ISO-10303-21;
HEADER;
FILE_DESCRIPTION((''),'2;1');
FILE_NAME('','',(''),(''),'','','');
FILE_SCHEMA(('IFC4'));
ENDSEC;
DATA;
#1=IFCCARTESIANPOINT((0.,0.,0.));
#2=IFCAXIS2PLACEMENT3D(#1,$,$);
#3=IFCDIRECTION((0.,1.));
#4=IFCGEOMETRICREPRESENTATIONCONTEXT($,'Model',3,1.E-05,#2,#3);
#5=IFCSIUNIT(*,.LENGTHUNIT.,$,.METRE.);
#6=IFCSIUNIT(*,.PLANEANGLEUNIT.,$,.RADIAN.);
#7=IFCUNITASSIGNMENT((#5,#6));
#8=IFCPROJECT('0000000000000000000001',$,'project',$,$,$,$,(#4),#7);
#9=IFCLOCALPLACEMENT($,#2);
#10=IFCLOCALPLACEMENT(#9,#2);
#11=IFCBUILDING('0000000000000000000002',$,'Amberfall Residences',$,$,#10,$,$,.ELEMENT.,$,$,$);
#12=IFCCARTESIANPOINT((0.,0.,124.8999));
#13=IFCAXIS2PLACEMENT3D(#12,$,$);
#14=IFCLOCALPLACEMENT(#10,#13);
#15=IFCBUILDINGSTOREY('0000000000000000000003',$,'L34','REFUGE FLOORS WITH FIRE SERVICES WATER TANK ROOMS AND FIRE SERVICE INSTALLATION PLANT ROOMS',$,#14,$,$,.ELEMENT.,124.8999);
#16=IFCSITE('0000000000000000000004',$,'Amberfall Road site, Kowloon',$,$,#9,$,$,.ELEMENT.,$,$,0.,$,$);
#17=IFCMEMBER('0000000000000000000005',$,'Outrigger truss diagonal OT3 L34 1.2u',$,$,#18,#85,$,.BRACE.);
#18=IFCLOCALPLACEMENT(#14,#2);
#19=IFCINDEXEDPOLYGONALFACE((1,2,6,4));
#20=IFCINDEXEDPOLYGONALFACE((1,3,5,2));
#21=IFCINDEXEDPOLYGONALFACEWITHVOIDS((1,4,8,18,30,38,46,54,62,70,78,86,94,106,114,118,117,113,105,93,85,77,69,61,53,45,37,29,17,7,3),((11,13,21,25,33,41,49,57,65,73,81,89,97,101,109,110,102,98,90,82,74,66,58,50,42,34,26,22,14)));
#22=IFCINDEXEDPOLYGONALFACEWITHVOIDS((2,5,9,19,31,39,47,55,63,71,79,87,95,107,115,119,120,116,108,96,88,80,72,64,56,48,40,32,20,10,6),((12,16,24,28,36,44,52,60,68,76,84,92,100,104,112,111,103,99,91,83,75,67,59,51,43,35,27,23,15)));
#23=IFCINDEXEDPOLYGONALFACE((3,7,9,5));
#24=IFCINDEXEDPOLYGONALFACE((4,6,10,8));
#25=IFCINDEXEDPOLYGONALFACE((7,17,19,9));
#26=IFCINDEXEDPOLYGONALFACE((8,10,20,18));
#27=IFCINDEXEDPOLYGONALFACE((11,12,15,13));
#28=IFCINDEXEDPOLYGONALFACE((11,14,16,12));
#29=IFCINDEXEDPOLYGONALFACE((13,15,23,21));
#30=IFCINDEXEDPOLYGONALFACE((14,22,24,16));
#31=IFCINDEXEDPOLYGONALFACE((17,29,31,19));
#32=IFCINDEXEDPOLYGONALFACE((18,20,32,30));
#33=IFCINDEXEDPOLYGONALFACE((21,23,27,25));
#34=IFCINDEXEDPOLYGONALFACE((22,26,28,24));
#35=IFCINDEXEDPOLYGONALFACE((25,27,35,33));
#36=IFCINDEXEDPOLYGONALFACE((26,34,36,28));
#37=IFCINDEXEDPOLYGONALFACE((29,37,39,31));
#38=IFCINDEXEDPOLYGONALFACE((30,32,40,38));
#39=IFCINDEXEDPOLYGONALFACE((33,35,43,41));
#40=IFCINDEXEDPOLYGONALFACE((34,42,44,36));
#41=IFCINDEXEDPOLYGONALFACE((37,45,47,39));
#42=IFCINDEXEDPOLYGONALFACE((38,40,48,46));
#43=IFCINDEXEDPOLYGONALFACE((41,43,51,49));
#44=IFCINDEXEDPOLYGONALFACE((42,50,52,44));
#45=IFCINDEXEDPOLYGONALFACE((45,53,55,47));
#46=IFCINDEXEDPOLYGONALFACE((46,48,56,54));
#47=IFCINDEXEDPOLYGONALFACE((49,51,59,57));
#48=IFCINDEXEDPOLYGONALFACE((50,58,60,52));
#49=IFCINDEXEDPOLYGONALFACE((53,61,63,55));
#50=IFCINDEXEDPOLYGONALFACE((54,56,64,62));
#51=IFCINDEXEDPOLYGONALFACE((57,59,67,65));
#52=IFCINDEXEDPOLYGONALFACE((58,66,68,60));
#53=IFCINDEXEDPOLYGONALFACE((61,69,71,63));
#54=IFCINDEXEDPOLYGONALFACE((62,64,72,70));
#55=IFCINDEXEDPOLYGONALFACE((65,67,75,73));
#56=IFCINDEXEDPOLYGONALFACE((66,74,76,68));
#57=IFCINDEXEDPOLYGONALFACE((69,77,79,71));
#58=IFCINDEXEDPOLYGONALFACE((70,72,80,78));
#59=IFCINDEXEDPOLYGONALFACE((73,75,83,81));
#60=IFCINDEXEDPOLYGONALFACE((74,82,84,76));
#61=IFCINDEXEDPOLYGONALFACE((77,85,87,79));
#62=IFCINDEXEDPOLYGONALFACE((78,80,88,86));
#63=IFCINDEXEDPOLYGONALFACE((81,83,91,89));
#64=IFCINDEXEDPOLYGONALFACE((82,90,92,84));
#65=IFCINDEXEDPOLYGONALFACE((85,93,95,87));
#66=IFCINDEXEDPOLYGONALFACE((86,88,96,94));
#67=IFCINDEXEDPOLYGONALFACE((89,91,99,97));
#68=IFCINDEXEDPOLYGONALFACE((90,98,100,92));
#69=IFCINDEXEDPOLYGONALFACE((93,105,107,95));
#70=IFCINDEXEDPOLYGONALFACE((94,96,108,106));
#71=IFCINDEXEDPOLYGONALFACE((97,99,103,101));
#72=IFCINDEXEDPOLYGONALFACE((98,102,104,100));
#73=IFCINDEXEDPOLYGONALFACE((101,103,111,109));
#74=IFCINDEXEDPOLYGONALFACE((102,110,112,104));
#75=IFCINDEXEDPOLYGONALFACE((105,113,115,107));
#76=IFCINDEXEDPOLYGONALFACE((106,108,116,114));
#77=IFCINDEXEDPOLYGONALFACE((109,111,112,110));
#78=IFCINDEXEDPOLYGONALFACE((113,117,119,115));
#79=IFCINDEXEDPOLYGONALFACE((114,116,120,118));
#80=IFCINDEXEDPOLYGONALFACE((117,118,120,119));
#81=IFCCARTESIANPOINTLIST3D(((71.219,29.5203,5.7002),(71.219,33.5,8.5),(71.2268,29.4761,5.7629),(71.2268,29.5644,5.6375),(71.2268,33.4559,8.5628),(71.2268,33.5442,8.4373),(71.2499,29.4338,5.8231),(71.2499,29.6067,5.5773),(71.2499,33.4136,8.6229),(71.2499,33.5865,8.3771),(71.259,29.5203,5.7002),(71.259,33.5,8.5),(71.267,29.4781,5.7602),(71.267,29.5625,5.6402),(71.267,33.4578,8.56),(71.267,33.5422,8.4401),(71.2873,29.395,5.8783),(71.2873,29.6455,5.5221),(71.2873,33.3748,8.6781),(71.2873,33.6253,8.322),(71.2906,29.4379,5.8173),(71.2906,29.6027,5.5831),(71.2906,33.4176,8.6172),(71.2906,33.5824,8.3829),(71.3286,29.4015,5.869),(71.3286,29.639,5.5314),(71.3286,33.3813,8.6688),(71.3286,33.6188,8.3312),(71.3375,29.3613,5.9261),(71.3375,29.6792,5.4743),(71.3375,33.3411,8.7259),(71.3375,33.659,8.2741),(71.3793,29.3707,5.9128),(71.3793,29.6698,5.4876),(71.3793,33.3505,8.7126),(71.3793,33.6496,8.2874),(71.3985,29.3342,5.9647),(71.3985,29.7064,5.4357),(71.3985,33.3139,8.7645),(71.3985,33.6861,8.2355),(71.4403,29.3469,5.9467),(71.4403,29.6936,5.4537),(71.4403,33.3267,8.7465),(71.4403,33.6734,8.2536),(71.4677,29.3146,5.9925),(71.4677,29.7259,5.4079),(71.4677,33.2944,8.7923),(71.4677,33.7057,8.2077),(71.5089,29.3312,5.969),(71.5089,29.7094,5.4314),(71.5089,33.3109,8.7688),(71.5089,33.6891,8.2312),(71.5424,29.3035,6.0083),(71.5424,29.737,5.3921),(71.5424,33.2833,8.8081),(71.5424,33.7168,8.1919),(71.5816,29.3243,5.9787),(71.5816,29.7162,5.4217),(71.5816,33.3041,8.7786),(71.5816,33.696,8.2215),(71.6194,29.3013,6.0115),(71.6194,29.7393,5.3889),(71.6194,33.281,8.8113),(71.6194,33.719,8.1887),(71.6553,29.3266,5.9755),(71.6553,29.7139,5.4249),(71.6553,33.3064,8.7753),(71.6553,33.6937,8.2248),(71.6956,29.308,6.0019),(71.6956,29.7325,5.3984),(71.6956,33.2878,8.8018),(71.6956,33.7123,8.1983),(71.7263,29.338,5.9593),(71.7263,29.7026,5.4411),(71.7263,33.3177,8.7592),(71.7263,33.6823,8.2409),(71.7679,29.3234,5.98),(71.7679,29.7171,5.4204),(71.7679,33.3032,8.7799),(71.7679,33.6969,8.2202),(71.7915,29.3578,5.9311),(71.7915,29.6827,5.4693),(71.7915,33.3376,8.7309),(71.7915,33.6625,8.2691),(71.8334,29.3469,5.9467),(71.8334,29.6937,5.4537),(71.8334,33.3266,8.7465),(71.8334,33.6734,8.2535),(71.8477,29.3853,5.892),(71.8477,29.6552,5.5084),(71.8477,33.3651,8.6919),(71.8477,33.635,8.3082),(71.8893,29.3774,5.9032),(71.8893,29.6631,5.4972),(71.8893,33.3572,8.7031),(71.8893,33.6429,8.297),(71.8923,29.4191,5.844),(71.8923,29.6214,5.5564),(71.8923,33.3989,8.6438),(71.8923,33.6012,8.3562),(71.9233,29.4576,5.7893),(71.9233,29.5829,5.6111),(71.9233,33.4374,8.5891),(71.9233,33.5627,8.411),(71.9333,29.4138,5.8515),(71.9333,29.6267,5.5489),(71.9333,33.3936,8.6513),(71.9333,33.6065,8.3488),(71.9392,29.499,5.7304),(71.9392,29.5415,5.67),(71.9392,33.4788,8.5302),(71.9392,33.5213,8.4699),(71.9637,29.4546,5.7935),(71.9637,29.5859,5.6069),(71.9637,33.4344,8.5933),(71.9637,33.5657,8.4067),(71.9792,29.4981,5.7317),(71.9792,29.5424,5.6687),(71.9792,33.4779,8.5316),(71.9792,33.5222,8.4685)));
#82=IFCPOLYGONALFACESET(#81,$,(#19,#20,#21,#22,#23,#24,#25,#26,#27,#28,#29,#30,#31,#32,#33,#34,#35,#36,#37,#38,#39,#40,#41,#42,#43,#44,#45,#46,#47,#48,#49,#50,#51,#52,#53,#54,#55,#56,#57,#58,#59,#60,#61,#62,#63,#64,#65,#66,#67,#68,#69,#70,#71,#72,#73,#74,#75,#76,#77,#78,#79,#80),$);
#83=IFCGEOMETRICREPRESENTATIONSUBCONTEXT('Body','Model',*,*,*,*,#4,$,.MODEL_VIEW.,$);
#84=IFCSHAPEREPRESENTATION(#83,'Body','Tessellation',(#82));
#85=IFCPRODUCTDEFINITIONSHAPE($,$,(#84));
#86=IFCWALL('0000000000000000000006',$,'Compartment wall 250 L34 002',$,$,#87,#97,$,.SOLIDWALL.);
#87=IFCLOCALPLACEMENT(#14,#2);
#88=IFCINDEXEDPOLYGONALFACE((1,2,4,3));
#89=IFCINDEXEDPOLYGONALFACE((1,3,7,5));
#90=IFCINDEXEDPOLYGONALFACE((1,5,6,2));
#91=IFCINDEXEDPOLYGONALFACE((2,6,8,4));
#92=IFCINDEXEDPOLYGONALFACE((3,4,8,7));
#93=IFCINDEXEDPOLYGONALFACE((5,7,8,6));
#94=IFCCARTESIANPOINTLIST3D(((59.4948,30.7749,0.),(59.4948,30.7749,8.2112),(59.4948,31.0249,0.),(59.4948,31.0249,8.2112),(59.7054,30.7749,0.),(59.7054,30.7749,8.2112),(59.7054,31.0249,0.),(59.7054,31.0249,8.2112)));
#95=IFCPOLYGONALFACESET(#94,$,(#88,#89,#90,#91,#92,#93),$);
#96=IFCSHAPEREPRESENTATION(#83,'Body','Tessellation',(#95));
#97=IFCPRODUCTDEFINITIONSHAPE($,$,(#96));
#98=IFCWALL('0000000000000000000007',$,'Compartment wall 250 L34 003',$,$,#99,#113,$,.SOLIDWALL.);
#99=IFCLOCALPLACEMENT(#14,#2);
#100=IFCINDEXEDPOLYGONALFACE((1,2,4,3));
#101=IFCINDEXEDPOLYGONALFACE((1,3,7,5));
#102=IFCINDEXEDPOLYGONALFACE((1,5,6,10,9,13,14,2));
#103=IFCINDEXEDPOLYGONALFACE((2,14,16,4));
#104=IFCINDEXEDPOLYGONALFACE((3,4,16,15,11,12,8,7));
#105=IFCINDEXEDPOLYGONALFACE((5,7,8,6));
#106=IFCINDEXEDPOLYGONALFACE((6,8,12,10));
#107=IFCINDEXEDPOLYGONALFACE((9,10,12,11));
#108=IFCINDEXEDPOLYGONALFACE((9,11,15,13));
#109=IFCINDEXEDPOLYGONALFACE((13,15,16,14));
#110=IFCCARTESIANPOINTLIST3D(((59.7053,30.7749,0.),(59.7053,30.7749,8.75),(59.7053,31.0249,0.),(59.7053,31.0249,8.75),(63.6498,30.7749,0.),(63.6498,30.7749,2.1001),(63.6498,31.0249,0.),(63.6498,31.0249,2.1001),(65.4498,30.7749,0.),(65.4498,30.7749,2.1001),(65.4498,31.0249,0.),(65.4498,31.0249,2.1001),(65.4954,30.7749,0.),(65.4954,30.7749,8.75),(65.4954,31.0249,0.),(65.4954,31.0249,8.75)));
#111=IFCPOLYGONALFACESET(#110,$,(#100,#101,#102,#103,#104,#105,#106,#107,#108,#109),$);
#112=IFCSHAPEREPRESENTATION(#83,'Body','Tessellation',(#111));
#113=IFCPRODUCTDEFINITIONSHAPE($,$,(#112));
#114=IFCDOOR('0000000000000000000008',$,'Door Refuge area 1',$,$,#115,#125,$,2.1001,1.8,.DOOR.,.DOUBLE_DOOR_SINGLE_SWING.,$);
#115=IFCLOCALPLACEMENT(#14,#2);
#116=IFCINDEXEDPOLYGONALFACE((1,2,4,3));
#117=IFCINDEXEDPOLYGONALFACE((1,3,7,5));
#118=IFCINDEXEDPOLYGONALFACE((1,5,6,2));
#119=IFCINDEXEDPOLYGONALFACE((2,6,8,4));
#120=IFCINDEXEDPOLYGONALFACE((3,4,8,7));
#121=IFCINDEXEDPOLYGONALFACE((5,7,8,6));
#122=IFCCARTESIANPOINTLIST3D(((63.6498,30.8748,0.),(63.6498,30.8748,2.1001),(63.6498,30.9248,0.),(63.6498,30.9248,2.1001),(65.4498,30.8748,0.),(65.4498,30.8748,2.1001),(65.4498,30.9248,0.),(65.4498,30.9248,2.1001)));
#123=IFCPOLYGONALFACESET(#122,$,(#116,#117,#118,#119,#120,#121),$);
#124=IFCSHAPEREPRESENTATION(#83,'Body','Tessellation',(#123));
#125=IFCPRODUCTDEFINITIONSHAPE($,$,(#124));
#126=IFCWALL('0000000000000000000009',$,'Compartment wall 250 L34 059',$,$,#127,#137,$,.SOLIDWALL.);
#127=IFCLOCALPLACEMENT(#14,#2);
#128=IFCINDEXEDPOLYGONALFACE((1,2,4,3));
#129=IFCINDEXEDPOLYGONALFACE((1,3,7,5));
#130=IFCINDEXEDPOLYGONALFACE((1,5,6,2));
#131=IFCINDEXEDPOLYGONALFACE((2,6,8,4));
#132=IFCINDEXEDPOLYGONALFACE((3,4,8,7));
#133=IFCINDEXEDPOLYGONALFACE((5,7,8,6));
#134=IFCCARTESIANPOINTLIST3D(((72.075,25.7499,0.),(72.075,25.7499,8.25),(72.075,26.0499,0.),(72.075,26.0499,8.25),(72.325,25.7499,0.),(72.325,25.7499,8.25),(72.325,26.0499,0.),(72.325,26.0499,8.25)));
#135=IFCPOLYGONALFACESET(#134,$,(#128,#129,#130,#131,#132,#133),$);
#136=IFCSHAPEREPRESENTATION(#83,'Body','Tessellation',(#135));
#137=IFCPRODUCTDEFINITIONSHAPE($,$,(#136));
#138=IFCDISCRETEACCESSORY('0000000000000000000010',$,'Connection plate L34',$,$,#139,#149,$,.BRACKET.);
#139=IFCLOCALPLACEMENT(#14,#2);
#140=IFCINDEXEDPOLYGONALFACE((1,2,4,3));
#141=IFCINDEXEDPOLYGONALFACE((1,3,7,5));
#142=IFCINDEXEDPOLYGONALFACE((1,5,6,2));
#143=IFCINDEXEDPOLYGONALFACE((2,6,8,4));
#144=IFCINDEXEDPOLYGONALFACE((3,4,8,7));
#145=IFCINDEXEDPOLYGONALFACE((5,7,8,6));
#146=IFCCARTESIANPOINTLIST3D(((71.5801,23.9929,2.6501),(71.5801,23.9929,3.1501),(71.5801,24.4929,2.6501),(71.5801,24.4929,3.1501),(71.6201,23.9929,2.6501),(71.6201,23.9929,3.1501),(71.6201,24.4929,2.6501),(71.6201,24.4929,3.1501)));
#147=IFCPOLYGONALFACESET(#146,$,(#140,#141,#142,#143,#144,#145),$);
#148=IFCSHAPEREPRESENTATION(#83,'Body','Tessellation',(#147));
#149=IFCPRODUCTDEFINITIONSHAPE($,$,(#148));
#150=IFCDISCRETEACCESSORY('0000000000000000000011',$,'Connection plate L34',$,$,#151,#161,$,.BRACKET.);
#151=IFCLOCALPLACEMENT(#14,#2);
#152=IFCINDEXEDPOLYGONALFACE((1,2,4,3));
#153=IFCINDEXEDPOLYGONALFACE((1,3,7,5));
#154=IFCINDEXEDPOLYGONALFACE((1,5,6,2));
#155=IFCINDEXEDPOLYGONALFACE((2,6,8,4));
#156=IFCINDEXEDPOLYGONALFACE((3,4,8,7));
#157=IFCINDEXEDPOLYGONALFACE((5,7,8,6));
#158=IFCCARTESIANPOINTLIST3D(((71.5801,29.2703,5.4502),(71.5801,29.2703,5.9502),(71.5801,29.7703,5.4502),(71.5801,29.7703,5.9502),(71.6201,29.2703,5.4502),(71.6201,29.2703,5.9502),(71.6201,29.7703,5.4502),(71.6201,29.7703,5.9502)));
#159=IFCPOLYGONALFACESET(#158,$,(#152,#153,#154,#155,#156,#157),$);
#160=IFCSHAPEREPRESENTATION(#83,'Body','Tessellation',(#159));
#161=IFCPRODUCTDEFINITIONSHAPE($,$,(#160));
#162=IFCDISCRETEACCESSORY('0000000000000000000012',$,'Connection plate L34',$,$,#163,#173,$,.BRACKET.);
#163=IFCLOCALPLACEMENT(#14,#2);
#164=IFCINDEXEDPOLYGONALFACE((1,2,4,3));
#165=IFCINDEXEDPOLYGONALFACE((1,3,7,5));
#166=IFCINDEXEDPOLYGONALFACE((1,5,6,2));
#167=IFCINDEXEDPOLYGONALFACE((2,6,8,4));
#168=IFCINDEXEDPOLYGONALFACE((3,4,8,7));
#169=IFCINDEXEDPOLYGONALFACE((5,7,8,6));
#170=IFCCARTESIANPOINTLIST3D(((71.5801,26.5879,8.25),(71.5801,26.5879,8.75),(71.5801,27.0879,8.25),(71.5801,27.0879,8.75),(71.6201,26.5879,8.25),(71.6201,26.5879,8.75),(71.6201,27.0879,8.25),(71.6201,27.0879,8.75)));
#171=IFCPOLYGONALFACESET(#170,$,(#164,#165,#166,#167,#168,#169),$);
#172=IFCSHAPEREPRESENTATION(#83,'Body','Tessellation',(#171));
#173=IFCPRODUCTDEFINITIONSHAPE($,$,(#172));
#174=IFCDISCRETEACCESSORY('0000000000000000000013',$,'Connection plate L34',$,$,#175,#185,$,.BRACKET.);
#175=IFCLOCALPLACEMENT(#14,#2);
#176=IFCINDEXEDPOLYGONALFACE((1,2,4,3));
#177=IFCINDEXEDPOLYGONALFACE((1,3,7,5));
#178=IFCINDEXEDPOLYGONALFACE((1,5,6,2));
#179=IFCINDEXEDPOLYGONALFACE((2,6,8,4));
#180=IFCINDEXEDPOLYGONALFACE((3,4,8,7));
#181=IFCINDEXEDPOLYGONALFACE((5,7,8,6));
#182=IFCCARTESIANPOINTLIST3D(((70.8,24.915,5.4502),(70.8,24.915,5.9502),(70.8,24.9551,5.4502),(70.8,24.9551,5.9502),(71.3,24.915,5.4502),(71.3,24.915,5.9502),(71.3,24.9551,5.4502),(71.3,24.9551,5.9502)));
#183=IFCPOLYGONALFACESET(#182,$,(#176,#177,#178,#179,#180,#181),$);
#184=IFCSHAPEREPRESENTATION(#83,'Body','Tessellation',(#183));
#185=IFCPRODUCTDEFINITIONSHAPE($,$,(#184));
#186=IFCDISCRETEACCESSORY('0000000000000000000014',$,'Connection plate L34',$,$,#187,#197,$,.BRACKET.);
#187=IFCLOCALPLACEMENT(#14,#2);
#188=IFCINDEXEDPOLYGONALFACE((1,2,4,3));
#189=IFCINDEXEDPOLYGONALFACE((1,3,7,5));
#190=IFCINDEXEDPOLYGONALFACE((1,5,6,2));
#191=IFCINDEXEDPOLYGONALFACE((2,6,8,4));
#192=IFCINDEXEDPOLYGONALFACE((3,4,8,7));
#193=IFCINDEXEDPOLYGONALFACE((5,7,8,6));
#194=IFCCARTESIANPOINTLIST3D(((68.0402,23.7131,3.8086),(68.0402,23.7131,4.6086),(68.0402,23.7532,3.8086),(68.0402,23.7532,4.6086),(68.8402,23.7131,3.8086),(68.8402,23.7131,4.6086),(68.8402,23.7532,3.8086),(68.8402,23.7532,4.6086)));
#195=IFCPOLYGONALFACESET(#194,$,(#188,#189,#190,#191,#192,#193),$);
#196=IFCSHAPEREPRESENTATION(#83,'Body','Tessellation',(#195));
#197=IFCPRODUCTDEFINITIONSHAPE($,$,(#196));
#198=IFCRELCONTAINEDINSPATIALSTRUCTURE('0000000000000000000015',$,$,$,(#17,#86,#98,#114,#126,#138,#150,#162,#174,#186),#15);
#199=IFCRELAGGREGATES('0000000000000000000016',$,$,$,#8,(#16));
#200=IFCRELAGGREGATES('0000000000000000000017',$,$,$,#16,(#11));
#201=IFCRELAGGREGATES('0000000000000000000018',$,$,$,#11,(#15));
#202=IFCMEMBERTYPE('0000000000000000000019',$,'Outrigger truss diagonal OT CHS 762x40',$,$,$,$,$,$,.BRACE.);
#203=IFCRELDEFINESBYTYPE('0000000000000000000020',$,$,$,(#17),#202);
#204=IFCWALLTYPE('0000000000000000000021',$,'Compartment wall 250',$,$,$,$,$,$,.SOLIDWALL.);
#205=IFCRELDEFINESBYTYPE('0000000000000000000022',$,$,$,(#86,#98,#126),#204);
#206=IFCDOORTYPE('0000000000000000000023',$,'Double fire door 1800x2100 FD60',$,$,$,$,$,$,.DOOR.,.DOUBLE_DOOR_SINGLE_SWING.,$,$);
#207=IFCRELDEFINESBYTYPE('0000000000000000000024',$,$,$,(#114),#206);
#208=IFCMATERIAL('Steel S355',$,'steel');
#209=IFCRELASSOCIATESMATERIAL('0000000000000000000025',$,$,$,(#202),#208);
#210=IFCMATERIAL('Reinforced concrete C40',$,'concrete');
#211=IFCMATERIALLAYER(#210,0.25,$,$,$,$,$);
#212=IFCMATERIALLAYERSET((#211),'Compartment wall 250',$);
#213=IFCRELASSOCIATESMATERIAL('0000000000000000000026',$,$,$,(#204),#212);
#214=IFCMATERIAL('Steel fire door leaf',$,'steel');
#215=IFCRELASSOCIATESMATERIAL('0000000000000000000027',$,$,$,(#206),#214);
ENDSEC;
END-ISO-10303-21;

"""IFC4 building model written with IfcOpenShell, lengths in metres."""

from ifc_helpers import new_model, si_unit, direction, frame, frame_2d, origin, origin_2d, place, context, subcontext, project, spatial, rectangle, hollow_circle, extrude, material, layer, layer_set, material_profile, profile_set, type_object, element, fill, save


model = new_model("IFC4")

# Units and contexts
model_context = context("Model", 3, precision=1e-05, world=origin(), true_north=direction((0.0, 1.0)))
body_context = subcontext(model_context, "Body", "Model", "MODEL_VIEW")
ifc_project = project(units=[si_unit("LENGTHUNIT", "METRE"), si_unit("PLANEANGLEUNIT", "RADIAN")], contexts=[model_context])

# Site, building, storey
site_placement = place(None, origin())
site = spatial("IfcSite", under=ifc_project, at=site_placement, Name="Amberfall Road site, Kowloon", CompositionType="ELEMENT", RefElevation=0.0)
building_placement = place(site_placement, origin())
building = spatial("IfcBuilding", under=site, at=building_placement, Name="Amberfall Residences", CompositionType="ELEMENT")
storey_placement = place(building_placement, frame((0.0, 0.0, 124.8999)))
storey = spatial("IfcBuildingStorey", under=building, at=storey_placement, Name="L34", Description="REFUGE FLOORS WITH FIRE SERVICES WATER TANK ROOMS AND FIRE SERVICE INSTALLATION PLANT ROOMS", CompositionType="ELEMENT", Elevation=124.8999)

# Shared definitions
ifc_material_1 = material(Name="Steel S355", Category="steel")

# Member
ifc_material_profile_1 = material_profile(ifc_material_1, hollow_circle(Radius=0.3811, WallThickness=0.04, at=origin_2d()), Name="CHS 762x40")
ifc_profile_set_1 = profile_set([ifc_material_profile_1], Name="Steel S355")
member_type_1 = type_object("IfcMemberType", Name="Outrigger truss diagonal OT CHS 762x40", PredefinedType="BRACE", material=ifc_profile_set_1)
member_1_placement = place(storey_placement, frame((71.6001, 29.5203, 5.7002), z_axis=(0.0, 0.817879, 0.57539), x_axis=(-1.0, 0.0, 0.0)))
element("IfcMember", 1, at=member_1_placement, inside=storey, type_object=member_type_1, Name="Outrigger truss diagonal OT3 L34 1.2u", PredefinedType="BRACE", context=body_context, shape_type="SweptSolid", body=[
    extrude(hollow_circle(Radius=0.3811, WallThickness=0.04, at=origin_2d()), origin(), (0.0, 0.0, 1.0), 4.866),
])

# Wall
ifc_material_2 = material(Name="Reinforced concrete C40", Category="concrete")
ifc_layer = layer(ifc_material_2, 0.25)
ifc_layer_set = layer_set([ifc_layer], Name="Compartment wall 250")
wall_type = type_object("IfcWallType", Name="Compartment wall 250", PredefinedType="SOLIDWALL", material=ifc_layer_set)
wall_1_placement = place(storey_placement, frame((59.4946, 30.8999, 0.0), z_axis=(0.0, 0.0, 1.0), x_axis=(1.0, 0.0, 0.0)))
element("IfcWall", 2, at=wall_1_placement, inside=storey, type_object=wall_type, Name="Compartment wall 250 L34 002", PredefinedType="SOLIDWALL", context=body_context, shape_type="SweptSolid", body=[
    extrude(rectangle(XDim=0.2107, YDim=0.25, at=frame_2d((0.1055, 0.0))), origin(), (0.0, 0.0, 1.0), 8.2112),
])

# Wall, opening, door
wall_2_placement = place(storey_placement, frame((59.7053, 30.8999, 0.0), z_axis=(0.0, 0.0, 1.0), x_axis=(1.0, 0.0, 0.0)))
wall_2 = element("IfcWall", 3, at=wall_2_placement, inside=storey, type_object=wall_type, Name="Compartment wall 250 L34 003", PredefinedType="SOLIDWALL", context=body_context, shape_type="SweptSolid", body=[
    extrude(rectangle(XDim=5.79, YDim=0.25, at=frame_2d((2.895, 0.0))), origin(), (0.0, 0.0, 1.0), 8.75),
])
opening_placement = place(wall_2_placement, frame((3.9446, 0.0, 0.0)))
opening = element("IfcOpeningElement", 4, at=opening_placement, cuts=wall_2, PredefinedType="OPENING", context=body_context, shape_type="SweptSolid", body=[
    extrude(rectangle(XDim=1.8, YDim=2.1001, at=frame_2d((0.8999, 1.05))), frame((0.0, 0.135, 0.0), z_axis=(0.0, -1.0, 0.0), x_axis=(1.0, 0.0, 0.0)), (0.0, 0.0, 1.0), 0.27),
])
ifc_material_3 = material(Name="Steel fire door leaf", Category="steel")
door_type = type_object("IfcDoorType", Name="Double fire door 1800x2100 FD60", OperationType="DOUBLE_DOOR_SINGLE_SWING", PredefinedType="DOOR", material=ifc_material_3)
door_placement = place(opening_placement, origin())
door = element("IfcDoor", 5, at=door_placement, inside=storey, type_object=door_type, Name="Door Refuge area 1", OperationType="DOUBLE_DOOR_SINGLE_SWING", OverallHeight=2.1001, OverallWidth=1.8, PredefinedType="DOOR", context=body_context, shape_type="SweptSolid", body=[
    extrude(rectangle(XDim=1.8, YDim=2.1001, at=frame_2d((0.8999, 1.05))), frame((0.0, 0.0249, 0.0), z_axis=(0.0, -1.0, 0.0), x_axis=(1.0, 0.0, 0.0)), (0.0, 0.0, 1.0), 0.05),
])
fill(opening, door)

# Wall
wall_3_placement = place(storey_placement, frame((72.2, 25.75, 0.0), z_axis=(0.0, 0.0, 1.0), x_axis=(0.0, 1.0, 0.0)))
element("IfcWall", 6, at=wall_3_placement, inside=storey, type_object=wall_type, Name="Compartment wall 250 L34 059", PredefinedType="SOLIDWALL", context=body_context, shape_type="SweptSolid", body=[
    extrude(rectangle(XDim=0.3, YDim=0.25, at=frame_2d((0.1499, 0.0))), origin(), (0.0, 0.0, 1.0), 8.25),
])

# Discrete accessories
for number, where, z_axis, x_axis, name in (
    (7, (71.6001, 24.2429, 2.6501), (0.0, 0.0, 1.0), (0.0, 1.0, 0.0), "Connection plate L34"),
    (8, (71.6001, 29.5203, 5.4502), (0.0, 0.0, 1.0), (0.0, 1.0, 0.0), "Connection plate L34"),
    (9, (71.6001, 26.8379, 8.25), (0.0, 0.0, 1.0), (0.0, 1.0, 0.0), "Connection plate L34"),
    (10, (71.05, 24.9351, 5.4502), (0.0, 0.0, 1.0), (1.0, 0.0, 0.0), "Connection plate L34"),
):
    element("IfcDiscreteAccessory", number, at=place(storey_placement, frame(where, z_axis=z_axis, x_axis=x_axis)), inside=storey, Name=name, PredefinedType="BRACKET", context=body_context, shape_type="SweptSolid", body=[
        extrude(rectangle(XDim=0.5, YDim=0.04, at=origin_2d()), origin(), (0.0, 0.0, 1.0), 0.5),
    ])
discrete_accessory_1_placement = place(storey_placement, frame((68.4402, 23.7332, 3.8086), z_axis=(0.0, 0.0, 1.0), x_axis=(1.0, 0.0, 0.0)))
element("IfcDiscreteAccessory", 11, at=discrete_accessory_1_placement, inside=storey, Name="Connection plate L34", PredefinedType="BRACKET", context=body_context, shape_type="SweptSolid", body=[
    extrude(rectangle(XDim=0.8, YDim=0.04, at=origin_2d()), origin(), (0.0, 0.0, 1.0), 0.8),
])

save(model, "model.ifc")
